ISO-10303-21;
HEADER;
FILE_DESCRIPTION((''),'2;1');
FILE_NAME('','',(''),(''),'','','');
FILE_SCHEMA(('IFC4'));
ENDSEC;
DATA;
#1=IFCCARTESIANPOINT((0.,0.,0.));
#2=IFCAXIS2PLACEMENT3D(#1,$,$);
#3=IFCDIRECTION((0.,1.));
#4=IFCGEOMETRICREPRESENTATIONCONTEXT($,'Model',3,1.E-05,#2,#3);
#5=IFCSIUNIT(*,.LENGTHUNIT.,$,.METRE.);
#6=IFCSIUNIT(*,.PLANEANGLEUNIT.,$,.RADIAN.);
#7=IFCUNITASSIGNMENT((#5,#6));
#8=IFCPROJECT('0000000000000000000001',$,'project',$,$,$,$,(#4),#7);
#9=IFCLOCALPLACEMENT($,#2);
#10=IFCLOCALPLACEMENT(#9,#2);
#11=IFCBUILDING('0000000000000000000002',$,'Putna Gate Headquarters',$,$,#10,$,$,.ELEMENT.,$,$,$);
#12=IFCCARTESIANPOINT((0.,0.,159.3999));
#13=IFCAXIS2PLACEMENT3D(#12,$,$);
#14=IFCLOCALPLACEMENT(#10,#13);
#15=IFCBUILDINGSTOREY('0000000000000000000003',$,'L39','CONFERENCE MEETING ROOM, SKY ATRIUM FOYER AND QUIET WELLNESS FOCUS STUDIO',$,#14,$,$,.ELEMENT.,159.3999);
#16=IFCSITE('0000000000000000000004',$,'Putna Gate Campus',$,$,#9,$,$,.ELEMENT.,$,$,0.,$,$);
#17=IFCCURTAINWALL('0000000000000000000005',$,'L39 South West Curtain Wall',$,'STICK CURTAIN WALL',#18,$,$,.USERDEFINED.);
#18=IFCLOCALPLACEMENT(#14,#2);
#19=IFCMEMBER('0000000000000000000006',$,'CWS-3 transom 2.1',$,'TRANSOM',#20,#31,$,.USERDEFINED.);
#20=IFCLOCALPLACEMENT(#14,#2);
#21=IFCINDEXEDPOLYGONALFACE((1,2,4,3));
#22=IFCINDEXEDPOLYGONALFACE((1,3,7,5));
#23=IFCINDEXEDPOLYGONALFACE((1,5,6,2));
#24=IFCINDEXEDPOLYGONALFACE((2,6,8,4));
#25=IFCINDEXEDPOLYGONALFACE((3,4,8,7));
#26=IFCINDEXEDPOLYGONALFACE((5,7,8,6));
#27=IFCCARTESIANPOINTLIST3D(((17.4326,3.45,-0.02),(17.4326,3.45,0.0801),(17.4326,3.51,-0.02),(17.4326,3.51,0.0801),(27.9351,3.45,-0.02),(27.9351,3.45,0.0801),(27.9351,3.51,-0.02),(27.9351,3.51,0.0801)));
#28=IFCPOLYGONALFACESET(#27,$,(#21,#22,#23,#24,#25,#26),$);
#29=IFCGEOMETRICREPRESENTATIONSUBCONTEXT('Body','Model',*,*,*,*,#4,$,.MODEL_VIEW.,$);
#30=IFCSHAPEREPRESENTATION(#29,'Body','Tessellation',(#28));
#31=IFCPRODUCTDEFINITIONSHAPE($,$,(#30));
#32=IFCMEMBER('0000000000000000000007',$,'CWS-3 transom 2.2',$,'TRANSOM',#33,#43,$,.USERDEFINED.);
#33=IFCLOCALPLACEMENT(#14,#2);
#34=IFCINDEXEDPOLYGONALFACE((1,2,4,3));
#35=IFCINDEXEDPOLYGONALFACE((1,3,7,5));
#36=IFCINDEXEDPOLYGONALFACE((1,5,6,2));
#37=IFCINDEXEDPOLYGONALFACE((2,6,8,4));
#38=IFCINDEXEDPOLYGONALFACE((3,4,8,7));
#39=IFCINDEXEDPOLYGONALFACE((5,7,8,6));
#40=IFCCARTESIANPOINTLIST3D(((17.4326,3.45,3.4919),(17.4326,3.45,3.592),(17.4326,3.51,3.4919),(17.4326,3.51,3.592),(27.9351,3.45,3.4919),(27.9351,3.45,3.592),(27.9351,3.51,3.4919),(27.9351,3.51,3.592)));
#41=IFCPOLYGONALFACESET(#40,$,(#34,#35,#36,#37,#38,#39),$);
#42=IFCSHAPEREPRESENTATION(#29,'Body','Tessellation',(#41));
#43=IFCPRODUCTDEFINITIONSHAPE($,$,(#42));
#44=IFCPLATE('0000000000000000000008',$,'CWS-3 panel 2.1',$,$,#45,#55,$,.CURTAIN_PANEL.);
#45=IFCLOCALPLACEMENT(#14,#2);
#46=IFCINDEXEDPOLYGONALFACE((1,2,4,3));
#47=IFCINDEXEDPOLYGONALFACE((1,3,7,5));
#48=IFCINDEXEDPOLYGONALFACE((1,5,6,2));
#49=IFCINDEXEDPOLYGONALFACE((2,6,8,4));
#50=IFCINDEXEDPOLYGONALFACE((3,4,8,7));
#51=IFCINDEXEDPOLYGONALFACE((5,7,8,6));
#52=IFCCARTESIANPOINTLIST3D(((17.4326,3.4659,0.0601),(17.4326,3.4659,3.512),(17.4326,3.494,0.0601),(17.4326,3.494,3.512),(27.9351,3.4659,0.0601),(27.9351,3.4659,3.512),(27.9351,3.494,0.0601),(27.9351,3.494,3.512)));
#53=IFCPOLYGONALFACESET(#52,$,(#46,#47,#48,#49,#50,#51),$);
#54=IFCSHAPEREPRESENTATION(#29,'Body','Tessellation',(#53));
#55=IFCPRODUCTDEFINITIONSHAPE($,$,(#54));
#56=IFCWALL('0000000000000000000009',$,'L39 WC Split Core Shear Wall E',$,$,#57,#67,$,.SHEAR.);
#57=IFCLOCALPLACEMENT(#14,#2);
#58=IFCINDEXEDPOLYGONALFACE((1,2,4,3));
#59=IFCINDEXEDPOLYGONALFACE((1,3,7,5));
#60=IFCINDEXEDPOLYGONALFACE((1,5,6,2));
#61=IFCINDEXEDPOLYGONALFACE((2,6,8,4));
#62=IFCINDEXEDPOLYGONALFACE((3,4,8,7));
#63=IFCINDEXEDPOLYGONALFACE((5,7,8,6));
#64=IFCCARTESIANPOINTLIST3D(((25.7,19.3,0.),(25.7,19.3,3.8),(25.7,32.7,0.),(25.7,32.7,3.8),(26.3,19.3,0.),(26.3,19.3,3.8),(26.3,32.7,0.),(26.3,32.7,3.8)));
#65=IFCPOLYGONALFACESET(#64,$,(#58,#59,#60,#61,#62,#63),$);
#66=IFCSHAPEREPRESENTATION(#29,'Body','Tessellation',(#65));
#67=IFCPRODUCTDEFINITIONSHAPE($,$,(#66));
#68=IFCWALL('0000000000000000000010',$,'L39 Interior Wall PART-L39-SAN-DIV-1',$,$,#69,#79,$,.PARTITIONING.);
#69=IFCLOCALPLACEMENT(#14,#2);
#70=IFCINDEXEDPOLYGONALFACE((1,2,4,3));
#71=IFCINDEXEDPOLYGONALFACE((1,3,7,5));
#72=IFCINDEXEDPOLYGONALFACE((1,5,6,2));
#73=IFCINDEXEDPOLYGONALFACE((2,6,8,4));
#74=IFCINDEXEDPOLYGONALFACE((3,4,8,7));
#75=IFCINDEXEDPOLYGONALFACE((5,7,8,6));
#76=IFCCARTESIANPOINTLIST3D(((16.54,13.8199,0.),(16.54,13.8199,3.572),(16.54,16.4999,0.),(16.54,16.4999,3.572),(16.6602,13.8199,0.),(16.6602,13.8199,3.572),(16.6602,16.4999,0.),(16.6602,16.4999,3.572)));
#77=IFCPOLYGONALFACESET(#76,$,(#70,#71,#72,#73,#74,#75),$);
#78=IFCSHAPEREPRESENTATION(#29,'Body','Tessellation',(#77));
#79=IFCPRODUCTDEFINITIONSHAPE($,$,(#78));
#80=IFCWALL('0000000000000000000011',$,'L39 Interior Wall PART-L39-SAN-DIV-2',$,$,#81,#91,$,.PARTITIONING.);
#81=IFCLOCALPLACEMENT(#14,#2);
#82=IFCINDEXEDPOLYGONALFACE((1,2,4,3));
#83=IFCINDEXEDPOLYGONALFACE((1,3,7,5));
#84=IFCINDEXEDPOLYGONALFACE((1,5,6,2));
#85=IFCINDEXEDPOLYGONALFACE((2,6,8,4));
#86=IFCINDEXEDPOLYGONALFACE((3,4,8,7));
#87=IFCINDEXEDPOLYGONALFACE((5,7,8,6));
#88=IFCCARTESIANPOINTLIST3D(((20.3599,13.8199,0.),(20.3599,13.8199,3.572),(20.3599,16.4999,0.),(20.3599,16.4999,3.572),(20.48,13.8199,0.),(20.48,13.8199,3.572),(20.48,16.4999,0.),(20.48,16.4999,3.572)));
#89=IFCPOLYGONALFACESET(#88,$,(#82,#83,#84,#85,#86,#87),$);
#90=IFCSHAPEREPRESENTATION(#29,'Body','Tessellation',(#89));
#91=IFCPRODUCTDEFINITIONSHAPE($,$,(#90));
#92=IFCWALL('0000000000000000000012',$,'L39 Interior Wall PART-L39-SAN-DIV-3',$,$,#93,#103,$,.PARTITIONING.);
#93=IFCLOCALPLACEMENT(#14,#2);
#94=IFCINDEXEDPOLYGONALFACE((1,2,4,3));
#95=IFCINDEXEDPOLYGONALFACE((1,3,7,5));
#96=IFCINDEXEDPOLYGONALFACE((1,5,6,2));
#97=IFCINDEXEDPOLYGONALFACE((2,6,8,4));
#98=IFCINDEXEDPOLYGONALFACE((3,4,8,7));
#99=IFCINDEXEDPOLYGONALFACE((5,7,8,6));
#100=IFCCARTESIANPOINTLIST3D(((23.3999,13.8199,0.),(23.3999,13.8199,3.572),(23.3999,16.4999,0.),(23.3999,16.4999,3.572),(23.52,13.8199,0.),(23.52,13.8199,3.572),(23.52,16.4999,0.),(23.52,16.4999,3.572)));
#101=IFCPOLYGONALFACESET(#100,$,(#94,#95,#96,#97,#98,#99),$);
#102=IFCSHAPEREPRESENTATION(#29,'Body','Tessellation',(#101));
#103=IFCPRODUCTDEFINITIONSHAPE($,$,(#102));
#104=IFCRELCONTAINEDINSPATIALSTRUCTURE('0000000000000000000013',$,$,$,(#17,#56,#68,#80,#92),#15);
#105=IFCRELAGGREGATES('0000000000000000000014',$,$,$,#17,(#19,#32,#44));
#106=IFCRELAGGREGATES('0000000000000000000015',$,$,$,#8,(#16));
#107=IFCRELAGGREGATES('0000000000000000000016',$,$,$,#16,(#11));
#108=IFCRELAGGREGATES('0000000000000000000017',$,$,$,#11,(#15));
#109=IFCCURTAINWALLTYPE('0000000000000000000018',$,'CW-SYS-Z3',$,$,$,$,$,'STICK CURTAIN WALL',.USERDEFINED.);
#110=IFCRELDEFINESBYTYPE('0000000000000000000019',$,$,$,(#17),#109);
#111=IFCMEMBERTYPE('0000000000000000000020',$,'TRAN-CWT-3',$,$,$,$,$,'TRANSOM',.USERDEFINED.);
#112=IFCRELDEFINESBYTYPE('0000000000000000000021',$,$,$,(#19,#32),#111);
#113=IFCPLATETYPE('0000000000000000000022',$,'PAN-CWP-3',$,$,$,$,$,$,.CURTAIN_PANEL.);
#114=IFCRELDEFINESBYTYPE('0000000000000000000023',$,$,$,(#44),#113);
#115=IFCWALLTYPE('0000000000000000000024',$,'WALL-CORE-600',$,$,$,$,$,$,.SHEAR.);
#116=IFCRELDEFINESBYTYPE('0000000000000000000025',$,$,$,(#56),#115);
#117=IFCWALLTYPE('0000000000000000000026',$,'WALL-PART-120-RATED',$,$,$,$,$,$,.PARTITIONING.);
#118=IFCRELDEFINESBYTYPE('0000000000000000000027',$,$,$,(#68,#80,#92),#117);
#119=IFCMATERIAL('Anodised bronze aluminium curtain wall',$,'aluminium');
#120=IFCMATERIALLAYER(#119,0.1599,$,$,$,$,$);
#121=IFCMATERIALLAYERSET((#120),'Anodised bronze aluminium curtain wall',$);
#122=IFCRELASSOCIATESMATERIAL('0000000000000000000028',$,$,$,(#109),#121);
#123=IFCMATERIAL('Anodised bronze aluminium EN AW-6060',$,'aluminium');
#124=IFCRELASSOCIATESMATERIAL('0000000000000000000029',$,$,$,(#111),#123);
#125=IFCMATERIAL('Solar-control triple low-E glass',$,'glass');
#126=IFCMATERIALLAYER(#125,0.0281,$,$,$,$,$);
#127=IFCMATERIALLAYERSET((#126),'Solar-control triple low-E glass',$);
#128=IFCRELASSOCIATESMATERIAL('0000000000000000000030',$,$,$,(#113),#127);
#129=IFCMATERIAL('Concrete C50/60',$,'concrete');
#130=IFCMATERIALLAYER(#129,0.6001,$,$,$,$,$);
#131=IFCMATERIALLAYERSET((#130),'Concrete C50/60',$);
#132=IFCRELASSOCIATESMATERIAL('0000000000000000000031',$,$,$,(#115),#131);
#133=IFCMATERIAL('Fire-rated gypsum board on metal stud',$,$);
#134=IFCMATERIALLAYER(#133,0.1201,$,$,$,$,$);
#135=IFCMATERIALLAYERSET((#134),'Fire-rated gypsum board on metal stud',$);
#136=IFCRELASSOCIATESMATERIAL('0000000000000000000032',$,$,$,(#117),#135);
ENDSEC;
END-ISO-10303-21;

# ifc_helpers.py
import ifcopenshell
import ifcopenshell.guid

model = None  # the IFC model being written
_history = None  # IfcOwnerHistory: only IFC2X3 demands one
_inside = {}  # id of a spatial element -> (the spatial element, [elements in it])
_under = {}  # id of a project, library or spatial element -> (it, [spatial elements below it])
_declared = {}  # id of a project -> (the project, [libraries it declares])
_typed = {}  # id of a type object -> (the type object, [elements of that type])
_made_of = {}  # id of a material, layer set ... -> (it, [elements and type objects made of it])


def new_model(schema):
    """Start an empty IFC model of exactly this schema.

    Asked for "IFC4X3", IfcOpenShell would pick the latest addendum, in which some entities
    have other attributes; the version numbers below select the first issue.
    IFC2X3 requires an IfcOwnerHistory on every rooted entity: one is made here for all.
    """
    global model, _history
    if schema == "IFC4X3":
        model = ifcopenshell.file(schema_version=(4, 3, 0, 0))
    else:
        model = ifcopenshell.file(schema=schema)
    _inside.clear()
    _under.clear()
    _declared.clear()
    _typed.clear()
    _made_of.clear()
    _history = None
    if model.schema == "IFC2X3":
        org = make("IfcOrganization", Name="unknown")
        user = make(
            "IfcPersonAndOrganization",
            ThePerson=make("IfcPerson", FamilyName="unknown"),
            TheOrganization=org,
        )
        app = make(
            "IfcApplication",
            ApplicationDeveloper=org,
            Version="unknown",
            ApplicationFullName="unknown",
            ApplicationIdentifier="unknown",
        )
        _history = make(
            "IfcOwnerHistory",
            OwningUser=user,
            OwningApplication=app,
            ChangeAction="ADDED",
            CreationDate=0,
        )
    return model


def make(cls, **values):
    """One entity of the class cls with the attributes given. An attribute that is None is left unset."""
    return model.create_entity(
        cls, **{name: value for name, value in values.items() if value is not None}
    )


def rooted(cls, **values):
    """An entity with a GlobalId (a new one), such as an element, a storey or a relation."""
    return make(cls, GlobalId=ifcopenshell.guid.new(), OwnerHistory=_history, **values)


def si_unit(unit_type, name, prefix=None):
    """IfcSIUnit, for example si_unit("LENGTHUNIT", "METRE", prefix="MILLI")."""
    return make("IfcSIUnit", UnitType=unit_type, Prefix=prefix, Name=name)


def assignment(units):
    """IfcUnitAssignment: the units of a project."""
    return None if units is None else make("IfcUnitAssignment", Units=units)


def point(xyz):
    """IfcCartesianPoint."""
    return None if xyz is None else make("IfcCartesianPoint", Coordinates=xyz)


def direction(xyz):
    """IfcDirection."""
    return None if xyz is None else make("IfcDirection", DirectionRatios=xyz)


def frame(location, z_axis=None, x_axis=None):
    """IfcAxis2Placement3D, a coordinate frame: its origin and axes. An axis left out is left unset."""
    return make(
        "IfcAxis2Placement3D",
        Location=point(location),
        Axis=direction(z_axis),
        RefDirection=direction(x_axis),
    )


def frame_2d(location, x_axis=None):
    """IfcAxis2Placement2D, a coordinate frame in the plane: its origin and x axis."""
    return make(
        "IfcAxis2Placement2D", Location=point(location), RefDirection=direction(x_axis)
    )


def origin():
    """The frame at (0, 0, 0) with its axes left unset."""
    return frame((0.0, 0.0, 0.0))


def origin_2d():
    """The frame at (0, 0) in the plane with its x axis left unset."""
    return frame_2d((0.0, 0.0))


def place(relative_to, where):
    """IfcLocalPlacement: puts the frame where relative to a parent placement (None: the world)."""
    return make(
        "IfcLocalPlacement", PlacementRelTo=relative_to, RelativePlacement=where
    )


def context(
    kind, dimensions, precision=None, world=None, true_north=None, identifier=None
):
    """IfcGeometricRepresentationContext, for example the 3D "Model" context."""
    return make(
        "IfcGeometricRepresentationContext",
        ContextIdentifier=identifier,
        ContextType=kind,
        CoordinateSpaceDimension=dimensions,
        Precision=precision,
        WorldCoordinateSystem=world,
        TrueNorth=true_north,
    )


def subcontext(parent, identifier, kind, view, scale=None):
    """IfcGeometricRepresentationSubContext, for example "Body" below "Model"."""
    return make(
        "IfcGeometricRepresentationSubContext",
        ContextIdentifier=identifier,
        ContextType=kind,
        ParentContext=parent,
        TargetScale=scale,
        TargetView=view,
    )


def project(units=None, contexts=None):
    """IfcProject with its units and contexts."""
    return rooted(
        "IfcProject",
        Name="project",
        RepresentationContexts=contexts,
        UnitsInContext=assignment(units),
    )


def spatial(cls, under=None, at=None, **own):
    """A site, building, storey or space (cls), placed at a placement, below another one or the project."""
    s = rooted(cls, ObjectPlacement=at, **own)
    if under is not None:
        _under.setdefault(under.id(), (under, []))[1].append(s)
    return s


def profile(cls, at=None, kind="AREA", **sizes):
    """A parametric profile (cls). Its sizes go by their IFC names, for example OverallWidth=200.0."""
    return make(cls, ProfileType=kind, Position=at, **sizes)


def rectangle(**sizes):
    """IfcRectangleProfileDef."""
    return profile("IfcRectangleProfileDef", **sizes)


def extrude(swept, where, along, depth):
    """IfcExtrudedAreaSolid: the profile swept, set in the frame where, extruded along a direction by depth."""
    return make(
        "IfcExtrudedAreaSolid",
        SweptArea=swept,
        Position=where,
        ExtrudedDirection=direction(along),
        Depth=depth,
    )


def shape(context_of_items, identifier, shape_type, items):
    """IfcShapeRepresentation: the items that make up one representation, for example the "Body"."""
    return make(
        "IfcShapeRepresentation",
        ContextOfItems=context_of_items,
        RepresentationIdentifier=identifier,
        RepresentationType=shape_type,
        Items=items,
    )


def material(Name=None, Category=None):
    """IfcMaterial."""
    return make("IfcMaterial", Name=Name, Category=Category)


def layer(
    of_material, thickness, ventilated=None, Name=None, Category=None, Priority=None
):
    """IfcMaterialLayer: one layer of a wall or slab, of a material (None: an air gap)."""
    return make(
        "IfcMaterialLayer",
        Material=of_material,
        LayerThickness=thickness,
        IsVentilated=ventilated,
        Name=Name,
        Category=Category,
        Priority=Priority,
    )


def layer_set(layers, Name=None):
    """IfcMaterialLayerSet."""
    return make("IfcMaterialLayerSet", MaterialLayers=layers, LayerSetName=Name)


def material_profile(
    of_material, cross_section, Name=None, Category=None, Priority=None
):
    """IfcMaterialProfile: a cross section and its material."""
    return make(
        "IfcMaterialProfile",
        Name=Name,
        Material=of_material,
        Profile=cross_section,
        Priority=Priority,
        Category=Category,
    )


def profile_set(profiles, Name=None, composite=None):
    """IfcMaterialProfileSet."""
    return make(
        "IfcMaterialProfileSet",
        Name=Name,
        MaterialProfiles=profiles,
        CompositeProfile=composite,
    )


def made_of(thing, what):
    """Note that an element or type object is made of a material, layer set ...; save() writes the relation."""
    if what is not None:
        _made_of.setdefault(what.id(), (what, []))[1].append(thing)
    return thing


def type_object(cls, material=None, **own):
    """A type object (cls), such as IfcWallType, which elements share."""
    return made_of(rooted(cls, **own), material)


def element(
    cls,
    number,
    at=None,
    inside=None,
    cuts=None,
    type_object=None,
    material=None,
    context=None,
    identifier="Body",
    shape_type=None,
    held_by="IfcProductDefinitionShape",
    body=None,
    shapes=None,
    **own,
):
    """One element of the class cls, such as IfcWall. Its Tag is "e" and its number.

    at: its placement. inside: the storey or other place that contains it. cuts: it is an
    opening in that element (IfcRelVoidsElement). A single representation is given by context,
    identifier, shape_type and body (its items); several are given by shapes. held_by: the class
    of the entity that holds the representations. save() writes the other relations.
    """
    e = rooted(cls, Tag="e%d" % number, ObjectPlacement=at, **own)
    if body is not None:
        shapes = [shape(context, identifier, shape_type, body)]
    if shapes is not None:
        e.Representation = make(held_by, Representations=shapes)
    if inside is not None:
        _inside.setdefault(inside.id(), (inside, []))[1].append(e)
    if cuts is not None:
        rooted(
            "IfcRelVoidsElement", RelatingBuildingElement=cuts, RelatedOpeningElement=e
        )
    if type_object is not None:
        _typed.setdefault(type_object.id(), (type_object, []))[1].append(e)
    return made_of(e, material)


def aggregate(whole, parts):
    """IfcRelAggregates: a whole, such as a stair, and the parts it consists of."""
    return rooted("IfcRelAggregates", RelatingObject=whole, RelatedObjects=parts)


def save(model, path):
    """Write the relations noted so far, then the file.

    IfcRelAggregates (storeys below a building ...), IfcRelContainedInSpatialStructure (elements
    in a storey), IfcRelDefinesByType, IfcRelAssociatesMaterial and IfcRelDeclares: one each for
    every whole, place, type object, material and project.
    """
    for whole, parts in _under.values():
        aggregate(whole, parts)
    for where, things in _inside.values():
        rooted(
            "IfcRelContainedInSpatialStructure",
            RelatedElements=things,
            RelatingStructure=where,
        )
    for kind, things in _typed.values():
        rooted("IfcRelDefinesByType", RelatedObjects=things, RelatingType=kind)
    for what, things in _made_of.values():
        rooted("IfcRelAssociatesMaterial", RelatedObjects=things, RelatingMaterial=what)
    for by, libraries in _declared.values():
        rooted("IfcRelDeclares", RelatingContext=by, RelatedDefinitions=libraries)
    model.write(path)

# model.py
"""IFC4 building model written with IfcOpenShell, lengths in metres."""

from ifc_helpers import new_model, si_unit, direction, frame, frame_2d, origin, origin_2d, place, context, subcontext, project, spatial, rectangle, extrude, material, layer, layer_set, material_profile, profile_set, type_object, element, aggregate, save


model = new_model("IFC4")

# Units and contexts
model_context = context("Model", 3, precision=1e-05, world=origin(), true_north=direction((0.0, 1.0)))
body_context = subcontext(model_context, "Body", "Model", "MODEL_VIEW")
ifc_project = project(units=[si_unit("LENGTHUNIT", "METRE"), si_unit("PLANEANGLEUNIT", "RADIAN")], contexts=[model_context])

# Site, building, storey
site_placement = place(None, origin())
site = spatial("IfcSite", under=ifc_project, at=site_placement, Name="Putna Gate Campus", CompositionType="ELEMENT", RefElevation=0.0)
building_placement = place(site_placement, origin())
building = spatial("IfcBuilding", under=site, at=building_placement, Name="Putna Gate Headquarters", CompositionType="ELEMENT")
storey_placement = place(building_placement, frame((0.0, 0.0, 159.3999)))
storey = spatial("IfcBuildingStorey", under=building, at=storey_placement, Name="L39", Description="CONFERENCE MEETING ROOM, SKY ATRIUM FOYER AND QUIET WELLNESS FOCUS STUDIO", CompositionType="ELEMENT", Elevation=159.3999)

# Shared definitions
ifc_material_1 = material(Name="Concrete C50/60", Category="concrete")

# Curtain wall, members, plate
ifc_material_2 = material(Name="Anodised bronze aluminium curtain wall", Category="aluminium")
ifc_layer_1 = layer(ifc_material_2, 0.1599)
ifc_layer_set_1 = layer_set([ifc_layer_1], Name="Anodised bronze aluminium curtain wall")
curtain_wall_type = type_object("IfcCurtainWallType", Name="CW-SYS-Z3", ElementType="STICK CURTAIN WALL", PredefinedType="USERDEFINED", material=ifc_layer_set_1)
curtain_wall_placement = place(storey_placement, origin())
curtain_wall = element("IfcCurtainWall", 1, at=curtain_wall_placement, inside=storey, type_object=curtain_wall_type, Name="L39 South West Curtain Wall", ObjectType="STICK CURTAIN WALL", PredefinedType="USERDEFINED")
ifc_material_3 = material(Name="Anodised bronze aluminium EN AW-6060", Category="aluminium")
ifc_material_profile_1 = material_profile(ifc_material_3, rectangle(XDim=0.0601, YDim=0.1001, at=origin_2d()), Name="Anodised bronze aluminium EN AW-6060")
ifc_profile_set_1 = profile_set([ifc_material_profile_1], Name="Anodised bronze aluminium EN AW-6060")
member_type_1 = type_object("IfcMemberType", Name="TRAN-CWT-3", ElementType="TRANSOM", PredefinedType="USERDEFINED", material=ifc_profile_set_1)
member_1_placement = place(storey_placement, frame((17.4326, 3.48, 0.03), z_axis=(1.0, 0.0, 0.0), x_axis=(0.0, 1.0, 0.0)))
member_1 = element("IfcMember", 2, at=member_1_placement, type_object=member_type_1, Name="CWS-3 transom 2.1", ObjectType="TRANSOM", PredefinedType="USERDEFINED", context=body_context, shape_type="SweptSolid", body=[
    extrude(rectangle(XDim=0.0601, YDim=0.1001, at=origin_2d()), origin(), (0.0, 0.0, 1.0), 10.5024),
])
member_2_placement = place(storey_placement, frame((17.4326, 3.48, 3.542), z_axis=(1.0, 0.0, 0.0), x_axis=(0.0, 1.0, 0.0)))
member_2 = element("IfcMember", 3, at=member_2_placement, type_object=member_type_1, Name="CWS-3 transom 2.2", ObjectType="TRANSOM", PredefinedType="USERDEFINED", context=body_context, shape_type="SweptSolid", body=[
    extrude(rectangle(XDim=0.0601, YDim=0.1001, at=origin_2d()), origin(), (0.0, 0.0, 1.0), 10.5024),
])
ifc_material_4 = material(Name="Solar-control triple low-E glass", Category="glass")
ifc_layer_2 = layer(ifc_material_4, 0.0281)
ifc_layer_set_2 = layer_set([ifc_layer_2], Name="Solar-control triple low-E glass")
plate_type = type_object("IfcPlateType", Name="PAN-CWP-3", PredefinedType="CURTAIN_PANEL", material=ifc_layer_set_2)
plate_placement = place(storey_placement, frame((22.6838, 3.48, 0.0601), z_axis=(0.0, 0.0, 1.0), x_axis=(1.0, 0.0, 0.0)))
plate = element("IfcPlate", 4, at=plate_placement, type_object=plate_type, Name="CWS-3 panel 2.1", PredefinedType="CURTAIN_PANEL", context=body_context, shape_type="SweptSolid", body=[
    extrude(rectangle(XDim=10.5024, YDim=0.0281, at=origin_2d()), origin(), (0.0, 0.0, 1.0), 3.4519),
])
aggregate(curtain_wall, [member_1, member_2, plate])

# Walls
ifc_layer_3 = layer(ifc_material_1, 0.6001)
ifc_layer_set_3 = layer_set([ifc_layer_3], Name="Concrete C50/60")
wall_type_1 = type_object("IfcWallType", Name="WALL-CORE-600", PredefinedType="SHEAR", material=ifc_layer_set_3)
wall_1_placement = place(storey_placement, frame((26.0, 19.3, 0.0), z_axis=(0.0, 0.0, 1.0), x_axis=(0.0, 1.0, 0.0)))
element("IfcWall", 5, at=wall_1_placement, inside=storey, type_object=wall_type_1, Name="L39 WC Split Core Shear Wall E", PredefinedType="SHEAR", context=body_context, shape_type="SweptSolid", body=[
    extrude(rectangle(XDim=13.3999, YDim=0.6001, at=frame_2d((6.7, 0.0))), origin(), (0.0, 0.0, 1.0), 3.8),
])
ifc_material_5 = material(Name="Fire-rated gypsum board on metal stud")
ifc_layer_4 = layer(ifc_material_5, 0.1201)
ifc_layer_set_4 = layer_set([ifc_layer_4], Name="Fire-rated gypsum board on metal stud")
wall_type_2 = type_object("IfcWallType", Name="WALL-PART-120-RATED", PredefinedType="PARTITIONING", material=ifc_layer_set_4)
for number, where, z_axis, x_axis, name in (
    (6, (16.6001, 13.8201, 0.0), (0.0, 0.0, 1.0), (0.0, 1.0, 0.0), "L39 Interior Wall PART-L39-SAN-DIV-1"),
    (7, (20.4199, 13.8201, 0.0), (0.0, 0.0, 1.0), (0.0, 1.0, 0.0), "L39 Interior Wall PART-L39-SAN-DIV-2"),
    (8, (23.46, 13.8201, 0.0), (0.0, 0.0, 1.0), (0.0, 1.0, 0.0), "L39 Interior Wall PART-L39-SAN-DIV-3"),
):
    element("IfcWall", number, at=place(storey_placement, frame(where, z_axis=z_axis, x_axis=x_axis)), inside=storey, type_object=wall_type_2, Name=name, PredefinedType="PARTITIONING", context=body_context, shape_type="SweptSolid", body=[
        extrude(rectangle(XDim=2.6799, YDim=0.1201, at=frame_2d((1.3398, 0.0))), origin(), (0.0, 0.0, 1.0), 3.572),
    ])

save(model, "model.ifc")
